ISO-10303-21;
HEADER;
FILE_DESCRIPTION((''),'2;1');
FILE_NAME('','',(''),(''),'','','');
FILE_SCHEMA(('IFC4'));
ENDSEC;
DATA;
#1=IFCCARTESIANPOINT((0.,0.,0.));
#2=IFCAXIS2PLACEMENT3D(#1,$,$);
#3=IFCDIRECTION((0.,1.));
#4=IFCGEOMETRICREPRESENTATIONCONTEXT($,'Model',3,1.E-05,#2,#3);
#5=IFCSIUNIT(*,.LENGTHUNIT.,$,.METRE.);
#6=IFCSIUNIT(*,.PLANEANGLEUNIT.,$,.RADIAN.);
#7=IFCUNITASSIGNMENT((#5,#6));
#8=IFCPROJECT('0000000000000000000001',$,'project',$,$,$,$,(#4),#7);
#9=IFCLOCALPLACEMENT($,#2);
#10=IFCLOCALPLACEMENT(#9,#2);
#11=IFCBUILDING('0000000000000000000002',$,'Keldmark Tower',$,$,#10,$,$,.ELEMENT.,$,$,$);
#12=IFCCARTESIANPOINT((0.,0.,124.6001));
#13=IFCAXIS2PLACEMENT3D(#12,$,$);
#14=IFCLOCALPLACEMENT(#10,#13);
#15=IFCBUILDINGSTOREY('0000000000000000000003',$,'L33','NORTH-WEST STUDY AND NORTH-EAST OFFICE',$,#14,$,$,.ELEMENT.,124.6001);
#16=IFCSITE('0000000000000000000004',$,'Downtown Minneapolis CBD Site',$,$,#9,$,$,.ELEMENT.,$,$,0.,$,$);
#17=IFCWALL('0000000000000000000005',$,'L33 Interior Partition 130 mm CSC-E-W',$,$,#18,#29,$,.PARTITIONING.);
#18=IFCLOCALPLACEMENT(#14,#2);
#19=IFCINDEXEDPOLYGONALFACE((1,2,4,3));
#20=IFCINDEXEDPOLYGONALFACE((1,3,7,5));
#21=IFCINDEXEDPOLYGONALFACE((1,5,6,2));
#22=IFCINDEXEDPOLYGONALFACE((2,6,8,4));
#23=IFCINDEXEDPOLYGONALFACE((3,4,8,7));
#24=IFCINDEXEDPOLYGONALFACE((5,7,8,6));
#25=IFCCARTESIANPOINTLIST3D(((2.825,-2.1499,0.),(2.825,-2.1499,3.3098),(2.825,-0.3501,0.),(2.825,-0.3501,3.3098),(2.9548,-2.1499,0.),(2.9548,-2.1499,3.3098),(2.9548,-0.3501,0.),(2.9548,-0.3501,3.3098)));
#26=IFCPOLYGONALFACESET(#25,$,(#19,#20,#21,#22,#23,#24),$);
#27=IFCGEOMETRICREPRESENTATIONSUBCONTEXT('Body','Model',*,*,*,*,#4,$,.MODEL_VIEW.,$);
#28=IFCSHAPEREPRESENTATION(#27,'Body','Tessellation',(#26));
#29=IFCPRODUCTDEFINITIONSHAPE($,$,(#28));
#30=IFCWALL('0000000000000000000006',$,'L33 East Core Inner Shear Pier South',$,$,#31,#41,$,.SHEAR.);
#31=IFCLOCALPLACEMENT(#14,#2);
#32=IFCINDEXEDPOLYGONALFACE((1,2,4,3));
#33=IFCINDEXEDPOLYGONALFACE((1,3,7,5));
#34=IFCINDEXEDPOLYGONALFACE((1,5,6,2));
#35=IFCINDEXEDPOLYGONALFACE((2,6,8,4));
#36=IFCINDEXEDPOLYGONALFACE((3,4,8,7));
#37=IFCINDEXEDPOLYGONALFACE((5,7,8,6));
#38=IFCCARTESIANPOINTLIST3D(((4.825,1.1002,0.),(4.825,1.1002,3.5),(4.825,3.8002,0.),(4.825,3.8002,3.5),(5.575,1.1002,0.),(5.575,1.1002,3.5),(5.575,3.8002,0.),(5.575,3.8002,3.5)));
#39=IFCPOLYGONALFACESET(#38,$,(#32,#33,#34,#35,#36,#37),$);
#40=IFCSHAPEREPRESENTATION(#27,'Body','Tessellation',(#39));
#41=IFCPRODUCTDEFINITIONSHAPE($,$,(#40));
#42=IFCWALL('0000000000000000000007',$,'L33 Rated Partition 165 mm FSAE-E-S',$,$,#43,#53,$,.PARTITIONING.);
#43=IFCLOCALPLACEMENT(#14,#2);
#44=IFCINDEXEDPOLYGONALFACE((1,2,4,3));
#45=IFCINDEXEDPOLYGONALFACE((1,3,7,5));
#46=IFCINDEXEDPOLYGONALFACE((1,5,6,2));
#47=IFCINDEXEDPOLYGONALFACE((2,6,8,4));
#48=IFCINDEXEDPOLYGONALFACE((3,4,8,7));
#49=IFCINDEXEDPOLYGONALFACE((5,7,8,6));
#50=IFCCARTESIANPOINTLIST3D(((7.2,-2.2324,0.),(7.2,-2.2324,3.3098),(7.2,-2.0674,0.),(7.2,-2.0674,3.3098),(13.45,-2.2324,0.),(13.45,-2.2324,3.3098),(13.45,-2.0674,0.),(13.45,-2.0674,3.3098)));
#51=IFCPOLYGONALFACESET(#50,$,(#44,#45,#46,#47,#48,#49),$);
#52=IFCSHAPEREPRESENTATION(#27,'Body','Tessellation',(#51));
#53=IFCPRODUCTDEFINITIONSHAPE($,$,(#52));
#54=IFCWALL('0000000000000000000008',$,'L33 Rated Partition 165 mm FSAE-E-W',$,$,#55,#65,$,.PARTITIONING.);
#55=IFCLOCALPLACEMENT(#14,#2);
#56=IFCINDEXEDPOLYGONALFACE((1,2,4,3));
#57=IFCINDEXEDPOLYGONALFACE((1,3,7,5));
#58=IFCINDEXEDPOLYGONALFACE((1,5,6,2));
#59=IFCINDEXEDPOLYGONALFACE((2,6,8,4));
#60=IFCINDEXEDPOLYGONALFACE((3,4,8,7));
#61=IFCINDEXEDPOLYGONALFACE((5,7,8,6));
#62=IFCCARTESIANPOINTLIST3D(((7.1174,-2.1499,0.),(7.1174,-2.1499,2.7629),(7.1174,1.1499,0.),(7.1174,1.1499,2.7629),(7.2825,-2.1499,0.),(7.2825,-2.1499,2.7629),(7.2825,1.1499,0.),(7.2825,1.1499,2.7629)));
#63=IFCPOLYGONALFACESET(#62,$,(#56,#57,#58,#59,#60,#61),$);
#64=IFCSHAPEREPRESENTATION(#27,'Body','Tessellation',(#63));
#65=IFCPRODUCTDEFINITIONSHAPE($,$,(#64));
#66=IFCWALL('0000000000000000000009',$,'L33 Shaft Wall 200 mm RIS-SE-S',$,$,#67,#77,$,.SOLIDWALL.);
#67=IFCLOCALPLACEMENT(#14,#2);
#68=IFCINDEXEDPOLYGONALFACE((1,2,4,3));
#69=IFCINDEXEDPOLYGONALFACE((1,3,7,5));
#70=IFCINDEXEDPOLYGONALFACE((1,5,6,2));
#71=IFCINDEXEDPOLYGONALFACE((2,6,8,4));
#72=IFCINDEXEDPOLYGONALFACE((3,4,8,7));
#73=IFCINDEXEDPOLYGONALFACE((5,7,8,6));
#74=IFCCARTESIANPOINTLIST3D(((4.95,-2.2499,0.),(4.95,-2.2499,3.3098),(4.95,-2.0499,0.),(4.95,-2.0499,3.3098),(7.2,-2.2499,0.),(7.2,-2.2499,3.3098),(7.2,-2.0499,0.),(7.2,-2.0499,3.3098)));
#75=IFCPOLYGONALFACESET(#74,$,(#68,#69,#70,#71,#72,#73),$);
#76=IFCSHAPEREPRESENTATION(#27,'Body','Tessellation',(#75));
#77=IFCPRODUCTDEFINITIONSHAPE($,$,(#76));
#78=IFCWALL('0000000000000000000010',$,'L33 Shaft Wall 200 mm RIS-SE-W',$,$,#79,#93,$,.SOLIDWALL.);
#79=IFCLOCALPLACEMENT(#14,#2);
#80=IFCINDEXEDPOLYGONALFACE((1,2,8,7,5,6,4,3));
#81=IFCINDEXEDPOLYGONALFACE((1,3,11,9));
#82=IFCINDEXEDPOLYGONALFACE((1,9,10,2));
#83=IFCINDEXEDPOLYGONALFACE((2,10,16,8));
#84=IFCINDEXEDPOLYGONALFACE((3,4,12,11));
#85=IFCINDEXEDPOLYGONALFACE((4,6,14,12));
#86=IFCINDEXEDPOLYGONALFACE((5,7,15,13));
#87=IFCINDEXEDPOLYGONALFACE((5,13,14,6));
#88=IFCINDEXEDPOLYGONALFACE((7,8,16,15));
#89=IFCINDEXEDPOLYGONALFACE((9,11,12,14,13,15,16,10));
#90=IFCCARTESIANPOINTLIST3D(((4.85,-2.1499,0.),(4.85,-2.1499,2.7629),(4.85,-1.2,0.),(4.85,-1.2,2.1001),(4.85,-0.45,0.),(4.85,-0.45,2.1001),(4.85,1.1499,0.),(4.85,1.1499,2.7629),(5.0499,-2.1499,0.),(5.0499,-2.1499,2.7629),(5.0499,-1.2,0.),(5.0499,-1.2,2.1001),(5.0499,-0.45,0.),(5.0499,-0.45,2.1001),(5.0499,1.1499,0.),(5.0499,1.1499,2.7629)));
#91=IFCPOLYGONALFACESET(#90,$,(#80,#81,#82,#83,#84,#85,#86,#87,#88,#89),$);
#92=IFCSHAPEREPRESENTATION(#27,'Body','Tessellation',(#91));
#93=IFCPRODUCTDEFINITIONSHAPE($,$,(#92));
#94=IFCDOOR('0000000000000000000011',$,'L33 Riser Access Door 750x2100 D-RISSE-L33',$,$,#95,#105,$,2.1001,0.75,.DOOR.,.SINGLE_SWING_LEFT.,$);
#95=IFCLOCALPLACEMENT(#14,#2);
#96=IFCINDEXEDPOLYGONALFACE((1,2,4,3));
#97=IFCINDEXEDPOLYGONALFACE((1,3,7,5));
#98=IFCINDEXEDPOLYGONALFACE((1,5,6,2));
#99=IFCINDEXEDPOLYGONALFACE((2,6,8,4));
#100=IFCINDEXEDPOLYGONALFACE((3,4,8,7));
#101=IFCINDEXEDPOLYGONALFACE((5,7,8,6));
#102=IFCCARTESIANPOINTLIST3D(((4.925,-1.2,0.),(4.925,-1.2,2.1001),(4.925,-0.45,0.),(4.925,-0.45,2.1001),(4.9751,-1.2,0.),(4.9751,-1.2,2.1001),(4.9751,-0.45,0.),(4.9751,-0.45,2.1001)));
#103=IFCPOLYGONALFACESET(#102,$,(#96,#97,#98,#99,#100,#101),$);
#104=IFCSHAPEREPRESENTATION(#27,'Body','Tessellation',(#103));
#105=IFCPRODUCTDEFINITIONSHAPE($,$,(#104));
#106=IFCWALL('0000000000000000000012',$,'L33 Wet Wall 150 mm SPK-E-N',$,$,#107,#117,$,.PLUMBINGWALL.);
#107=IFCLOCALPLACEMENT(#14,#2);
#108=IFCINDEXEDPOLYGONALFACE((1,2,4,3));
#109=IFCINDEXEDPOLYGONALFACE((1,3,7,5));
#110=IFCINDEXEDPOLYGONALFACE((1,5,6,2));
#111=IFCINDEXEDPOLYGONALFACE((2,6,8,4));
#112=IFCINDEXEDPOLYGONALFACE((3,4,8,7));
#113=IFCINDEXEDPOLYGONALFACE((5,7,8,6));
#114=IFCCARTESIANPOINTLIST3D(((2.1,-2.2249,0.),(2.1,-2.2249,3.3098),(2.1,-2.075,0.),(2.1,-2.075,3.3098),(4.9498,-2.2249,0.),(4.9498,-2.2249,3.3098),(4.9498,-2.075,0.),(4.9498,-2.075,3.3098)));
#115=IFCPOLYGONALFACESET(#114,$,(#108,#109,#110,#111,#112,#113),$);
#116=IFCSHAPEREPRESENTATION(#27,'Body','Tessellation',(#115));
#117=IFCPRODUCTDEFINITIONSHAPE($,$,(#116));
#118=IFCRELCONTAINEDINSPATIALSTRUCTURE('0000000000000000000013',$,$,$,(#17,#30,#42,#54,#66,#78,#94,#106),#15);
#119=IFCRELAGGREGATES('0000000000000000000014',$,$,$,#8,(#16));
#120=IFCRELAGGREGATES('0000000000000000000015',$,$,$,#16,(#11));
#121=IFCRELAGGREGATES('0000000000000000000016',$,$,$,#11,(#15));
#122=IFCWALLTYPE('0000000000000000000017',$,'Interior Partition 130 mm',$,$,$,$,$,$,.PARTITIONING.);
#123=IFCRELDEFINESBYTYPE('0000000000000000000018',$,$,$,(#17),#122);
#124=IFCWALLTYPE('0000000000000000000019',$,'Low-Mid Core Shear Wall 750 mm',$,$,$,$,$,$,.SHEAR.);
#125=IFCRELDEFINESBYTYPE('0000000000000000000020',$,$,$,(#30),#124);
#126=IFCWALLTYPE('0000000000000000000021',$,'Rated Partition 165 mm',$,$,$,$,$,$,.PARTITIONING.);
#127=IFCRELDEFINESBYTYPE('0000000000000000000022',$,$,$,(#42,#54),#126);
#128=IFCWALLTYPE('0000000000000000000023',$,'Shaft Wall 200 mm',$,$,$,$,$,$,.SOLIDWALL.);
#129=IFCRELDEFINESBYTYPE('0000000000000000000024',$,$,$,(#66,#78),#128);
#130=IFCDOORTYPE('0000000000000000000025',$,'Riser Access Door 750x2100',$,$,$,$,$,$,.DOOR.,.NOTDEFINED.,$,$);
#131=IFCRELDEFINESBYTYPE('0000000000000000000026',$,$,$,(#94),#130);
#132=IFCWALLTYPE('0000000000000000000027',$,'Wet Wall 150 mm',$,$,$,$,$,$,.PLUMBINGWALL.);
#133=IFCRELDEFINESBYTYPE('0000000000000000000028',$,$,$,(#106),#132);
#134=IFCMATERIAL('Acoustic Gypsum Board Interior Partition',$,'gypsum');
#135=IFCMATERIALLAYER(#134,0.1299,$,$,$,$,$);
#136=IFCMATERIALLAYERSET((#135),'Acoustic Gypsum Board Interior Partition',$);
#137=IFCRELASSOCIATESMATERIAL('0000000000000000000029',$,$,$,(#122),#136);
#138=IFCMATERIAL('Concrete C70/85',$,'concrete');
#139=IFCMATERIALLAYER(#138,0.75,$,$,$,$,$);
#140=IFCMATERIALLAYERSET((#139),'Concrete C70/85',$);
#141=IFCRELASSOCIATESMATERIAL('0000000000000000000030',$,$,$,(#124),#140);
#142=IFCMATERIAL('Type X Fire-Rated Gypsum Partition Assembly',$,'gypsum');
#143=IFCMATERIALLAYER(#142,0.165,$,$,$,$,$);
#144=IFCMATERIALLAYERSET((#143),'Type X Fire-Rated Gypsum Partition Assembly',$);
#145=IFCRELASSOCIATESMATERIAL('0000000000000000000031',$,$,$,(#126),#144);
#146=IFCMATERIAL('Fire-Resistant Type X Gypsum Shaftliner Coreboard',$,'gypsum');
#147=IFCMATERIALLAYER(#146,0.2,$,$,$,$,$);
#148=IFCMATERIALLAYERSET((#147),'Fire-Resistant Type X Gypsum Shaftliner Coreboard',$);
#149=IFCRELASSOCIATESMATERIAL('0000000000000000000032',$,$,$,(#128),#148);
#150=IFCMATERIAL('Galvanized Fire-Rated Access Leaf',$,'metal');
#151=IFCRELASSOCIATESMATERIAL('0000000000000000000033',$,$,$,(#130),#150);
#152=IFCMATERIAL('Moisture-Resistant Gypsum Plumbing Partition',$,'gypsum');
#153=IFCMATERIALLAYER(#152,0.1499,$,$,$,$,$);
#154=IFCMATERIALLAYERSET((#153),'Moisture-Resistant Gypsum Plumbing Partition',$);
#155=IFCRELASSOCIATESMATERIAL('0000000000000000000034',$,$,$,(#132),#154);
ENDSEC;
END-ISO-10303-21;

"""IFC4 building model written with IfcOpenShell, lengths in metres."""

from ifc_helpers import new_model, si_unit, direction, frame, frame_2d, origin, place, context, subcontext, project, spatial, rectangle, extrude, material, layer, layer_set, type_object, element, fill, save


model = new_model("IFC4")

# Units and contexts
model_context = context("Model", 3, precision=1e-05, world=origin(), true_north=direction((0.0, 1.0)))
body_context = subcontext(model_context, "Body", "Model", "MODEL_VIEW")
ifc_project = project(units=[si_unit("LENGTHUNIT", "METRE"), si_unit("PLANEANGLEUNIT", "RADIAN")], contexts=[model_context])

# Site, building, storey
site_placement = place(None, origin())
site = spatial("IfcSite", under=ifc_project, at=site_placement, Name="Downtown Minneapolis CBD Site", CompositionType="ELEMENT", RefElevation=0.0)
building_placement = place(site_placement, origin())
building = spatial("IfcBuilding", under=site, at=building_placement, Name="Keldmark Tower", CompositionType="ELEMENT")
storey_placement = place(building_placement, frame((0.0, 0.0, 124.6001)))
storey = spatial("IfcBuildingStorey", under=building, at=storey_placement, Name="L33", Description="NORTH-WEST STUDY AND NORTH-EAST OFFICE", CompositionType="ELEMENT", Elevation=124.6001)

# Shared definitions
ifc_material_1 = material(Name="Acoustic Gypsum Board Interior Partition", Category="gypsum")
ifc_layer_1 = layer(ifc_material_1, 0.1299)
ifc_layer_set_1 = layer_set([ifc_layer_1], Name="Acoustic Gypsum Board Interior Partition")
wall_type_1 = type_object("IfcWallType", Name="Interior Partition 130 mm", PredefinedType="PARTITIONING", material=ifc_layer_set_1)

# Walls
wall_1_placement = place(storey_placement, frame((2.8899, -2.1499, 0.0), z_axis=(0.0, 0.0, 1.0), x_axis=(0.0, 1.0, 0.0)))
element("IfcWall", 1, at=wall_1_placement, inside=storey, type_object=wall_type_1, Name="L33 Interior Partition 130 mm CSC-E-W", PredefinedType="PARTITIONING", context=body_context, shape_type="SweptSolid", body=[
    extrude(rectangle(XDim=1.7998, YDim=0.1299, at=frame_2d((0.8999, 0.0))), origin(), (0.0, 0.0, 1.0), 3.3098),
])
ifc_material_2 = material(Name="Concrete C70/85", Category="concrete")
ifc_layer_2 = layer(ifc_material_2, 0.75)
ifc_layer_set_2 = layer_set([ifc_layer_2], Name="Concrete C70/85")
wall_type_2 = type_object("IfcWallType", Name="Low-Mid Core Shear Wall 750 mm", PredefinedType="SHEAR", material=ifc_layer_set_2)
wall_2_placement = place(storey_placement, frame((5.2, 1.1001, 0.0), z_axis=(0.0, 0.0, 1.0), x_axis=(0.0, 1.0, 0.0)))
element("IfcWall", 2, at=wall_2_placement, inside=storey, type_object=wall_type_2, Name="L33 East Core Inner Shear Pier South", PredefinedType="SHEAR", context=body_context, shape_type="SweptSolid", body=[
    extrude(rectangle(XDim=2.7, YDim=0.75, at=frame_2d((1.3501, 0.0))), origin(), (0.0, 0.0, 1.0), 3.5),
])
ifc_material_3 = material(Name="Type X Fire-Rated Gypsum Partition Assembly", Category="gypsum")
ifc_layer_3 = layer(ifc_material_3, 0.165)
ifc_layer_set_3 = layer_set([ifc_layer_3], Name="Type X Fire-Rated Gypsum Partition Assembly")
wall_type_3 = type_object("IfcWallType", Name="Rated Partition 165 mm", PredefinedType="PARTITIONING", material=ifc_layer_set_3)
wall_3_placement = place(storey_placement, frame((7.2, -2.1499, 0.0), z_axis=(0.0, 0.0, 1.0), x_axis=(1.0, 0.0, 0.0)))
element("IfcWall", 3, at=wall_3_placement, inside=storey, type_object=wall_type_3, Name="L33 Rated Partition 165 mm FSAE-E-S", PredefinedType="PARTITIONING", context=body_context, shape_type="SweptSolid", body=[
    extrude(rectangle(XDim=6.25, YDim=0.165, at=frame_2d((3.125, 0.0))), origin(), (0.0, 0.0, 1.0), 3.3098),
])
wall_4_placement = place(storey_placement, frame((7.2, -2.1499, 0.0), z_axis=(0.0, 0.0, 1.0), x_axis=(0.0, 1.0, 0.0)))
element("IfcWall", 4, at=wall_4_placement, inside=storey, type_object=wall_type_3, Name="L33 Rated Partition 165 mm FSAE-E-W", PredefinedType="PARTITIONING", context=body_context, shape_type="SweptSolid", body=[
    extrude(rectangle(XDim=3.2998, YDim=0.165, at=frame_2d((1.6499, 0.0))), origin(), (0.0, 0.0, 1.0), 2.7629),
])
ifc_material_4 = material(Name="Fire-Resistant Type X Gypsum Shaftliner Coreboard", Category="gypsum")
ifc_layer_4 = layer(ifc_material_4, 0.2)
ifc_layer_set_4 = layer_set([ifc_layer_4], Name="Fire-Resistant Type X Gypsum Shaftliner Coreboard")
wall_type_4 = type_object("IfcWallType", Name="Shaft Wall 200 mm", PredefinedType="SOLIDWALL", material=ifc_layer_set_4)
wall_5_placement = place(storey_placement, frame((4.95, -2.1499, 0.0), z_axis=(0.0, 0.0, 1.0), x_axis=(1.0, 0.0, 0.0)))
element("IfcWall", 5, at=wall_5_placement, inside=storey, type_object=wall_type_4, Name="L33 Shaft Wall 200 mm RIS-SE-S", PredefinedType="SOLIDWALL", context=body_context, shape_type="SweptSolid", body=[
    extrude(rectangle(XDim=2.25, YDim=0.2, at=frame_2d((1.125, 0.0))), origin(), (0.0, 0.0, 1.0), 3.3098),
])

# Wall, opening, door
wall_6_placement = place(storey_placement, frame((4.95, -2.1499, 0.0), z_axis=(0.0, 0.0, 1.0), x_axis=(0.0, 1.0, 0.0)))
wall_6 = element("IfcWall", 6, at=wall_6_placement, inside=storey, type_object=wall_type_4, Name="L33 Shaft Wall 200 mm RIS-SE-W", PredefinedType="SOLIDWALL", context=body_context, shape_type="SweptSolid", body=[
    extrude(rectangle(XDim=3.2998, YDim=0.2, at=frame_2d((1.6499, 0.0))), origin(), (0.0, 0.0, 1.0), 2.7629),
])
opening_1_placement = place(wall_6_placement, frame((0.95, 0.0, 0.0)))
opening_1 = element("IfcOpeningElement", 7, at=opening_1_placement, cuts=wall_6, PredefinedType="OPENING", context=body_context, shape_type="SweptSolid", body=[
    extrude(rectangle(XDim=0.75, YDim=2.1001, at=frame_2d((0.375, 1.05))), frame((0.0, 0.1099, 0.0), z_axis=(0.0, -1.0, 0.0), x_axis=(1.0, 0.0, 0.0)), (0.0, 0.0, 1.0), 0.22),
])
ifc_material_5 = material(Name="Galvanized Fire-Rated Access Leaf", Category="metal")
door_type_1 = type_object("IfcDoorType", Name="Riser Access Door 750x2100", OperationType="NOTDEFINED", PredefinedType="DOOR", material=ifc_material_5)
door_1_placement = place(opening_1_placement, origin())
door_1 = element("IfcDoor", 8, at=door_1_placement, inside=storey, type_object=door_type_1, Name="L33 Riser Access Door 750x2100 D-RISSE-L33", OperationType="SINGLE_SWING_LEFT", OverallHeight=2.1001, OverallWidth=0.75, PredefinedType="DOOR", context=body_context, shape_type="SweptSolid", body=[
    extrude(rectangle(XDim=0.75, YDim=2.1001, at=frame_2d((0.375, 1.05))), frame((0.0, 0.0249, 0.0), z_axis=(0.0, -1.0, 0.0), x_axis=(1.0, 0.0, 0.0)), (0.0, 0.0, 1.0), 0.05),
])
fill(opening_1, door_1)

# Wall
ifc_material_6 = material(Name="Moisture-Resistant Gypsum Plumbing Partition", Category="gypsum")
ifc_layer_5 = layer(ifc_material_6, 0.1499)
ifc_layer_set_5 = layer_set([ifc_layer_5], Name="Moisture-Resistant Gypsum Plumbing Partition")
wall_type_5 = type_object("IfcWallType", Name="Wet Wall 150 mm", PredefinedType="PLUMBINGWALL", material=ifc_layer_set_5)
wall_7_placement = place(storey_placement, frame((2.1001, -2.1499, 0.0), z_axis=(0.0, 0.0, 1.0), x_axis=(1.0, 0.0, 0.0)))
element("IfcWall", 9, at=wall_7_placement, inside=storey, type_object=wall_type_5, Name="L33 Wet Wall 150 mm SPK-E-N", PredefinedType="PLUMBINGWALL", context=body_context, shape_type="SweptSolid", body=[
    extrude(rectangle(XDim=2.8499, YDim=0.1499, at=frame_2d((1.4248, 0.0))), origin(), (0.0, 0.0, 1.0), 3.3098),
])

save(model, "model.ifc")
